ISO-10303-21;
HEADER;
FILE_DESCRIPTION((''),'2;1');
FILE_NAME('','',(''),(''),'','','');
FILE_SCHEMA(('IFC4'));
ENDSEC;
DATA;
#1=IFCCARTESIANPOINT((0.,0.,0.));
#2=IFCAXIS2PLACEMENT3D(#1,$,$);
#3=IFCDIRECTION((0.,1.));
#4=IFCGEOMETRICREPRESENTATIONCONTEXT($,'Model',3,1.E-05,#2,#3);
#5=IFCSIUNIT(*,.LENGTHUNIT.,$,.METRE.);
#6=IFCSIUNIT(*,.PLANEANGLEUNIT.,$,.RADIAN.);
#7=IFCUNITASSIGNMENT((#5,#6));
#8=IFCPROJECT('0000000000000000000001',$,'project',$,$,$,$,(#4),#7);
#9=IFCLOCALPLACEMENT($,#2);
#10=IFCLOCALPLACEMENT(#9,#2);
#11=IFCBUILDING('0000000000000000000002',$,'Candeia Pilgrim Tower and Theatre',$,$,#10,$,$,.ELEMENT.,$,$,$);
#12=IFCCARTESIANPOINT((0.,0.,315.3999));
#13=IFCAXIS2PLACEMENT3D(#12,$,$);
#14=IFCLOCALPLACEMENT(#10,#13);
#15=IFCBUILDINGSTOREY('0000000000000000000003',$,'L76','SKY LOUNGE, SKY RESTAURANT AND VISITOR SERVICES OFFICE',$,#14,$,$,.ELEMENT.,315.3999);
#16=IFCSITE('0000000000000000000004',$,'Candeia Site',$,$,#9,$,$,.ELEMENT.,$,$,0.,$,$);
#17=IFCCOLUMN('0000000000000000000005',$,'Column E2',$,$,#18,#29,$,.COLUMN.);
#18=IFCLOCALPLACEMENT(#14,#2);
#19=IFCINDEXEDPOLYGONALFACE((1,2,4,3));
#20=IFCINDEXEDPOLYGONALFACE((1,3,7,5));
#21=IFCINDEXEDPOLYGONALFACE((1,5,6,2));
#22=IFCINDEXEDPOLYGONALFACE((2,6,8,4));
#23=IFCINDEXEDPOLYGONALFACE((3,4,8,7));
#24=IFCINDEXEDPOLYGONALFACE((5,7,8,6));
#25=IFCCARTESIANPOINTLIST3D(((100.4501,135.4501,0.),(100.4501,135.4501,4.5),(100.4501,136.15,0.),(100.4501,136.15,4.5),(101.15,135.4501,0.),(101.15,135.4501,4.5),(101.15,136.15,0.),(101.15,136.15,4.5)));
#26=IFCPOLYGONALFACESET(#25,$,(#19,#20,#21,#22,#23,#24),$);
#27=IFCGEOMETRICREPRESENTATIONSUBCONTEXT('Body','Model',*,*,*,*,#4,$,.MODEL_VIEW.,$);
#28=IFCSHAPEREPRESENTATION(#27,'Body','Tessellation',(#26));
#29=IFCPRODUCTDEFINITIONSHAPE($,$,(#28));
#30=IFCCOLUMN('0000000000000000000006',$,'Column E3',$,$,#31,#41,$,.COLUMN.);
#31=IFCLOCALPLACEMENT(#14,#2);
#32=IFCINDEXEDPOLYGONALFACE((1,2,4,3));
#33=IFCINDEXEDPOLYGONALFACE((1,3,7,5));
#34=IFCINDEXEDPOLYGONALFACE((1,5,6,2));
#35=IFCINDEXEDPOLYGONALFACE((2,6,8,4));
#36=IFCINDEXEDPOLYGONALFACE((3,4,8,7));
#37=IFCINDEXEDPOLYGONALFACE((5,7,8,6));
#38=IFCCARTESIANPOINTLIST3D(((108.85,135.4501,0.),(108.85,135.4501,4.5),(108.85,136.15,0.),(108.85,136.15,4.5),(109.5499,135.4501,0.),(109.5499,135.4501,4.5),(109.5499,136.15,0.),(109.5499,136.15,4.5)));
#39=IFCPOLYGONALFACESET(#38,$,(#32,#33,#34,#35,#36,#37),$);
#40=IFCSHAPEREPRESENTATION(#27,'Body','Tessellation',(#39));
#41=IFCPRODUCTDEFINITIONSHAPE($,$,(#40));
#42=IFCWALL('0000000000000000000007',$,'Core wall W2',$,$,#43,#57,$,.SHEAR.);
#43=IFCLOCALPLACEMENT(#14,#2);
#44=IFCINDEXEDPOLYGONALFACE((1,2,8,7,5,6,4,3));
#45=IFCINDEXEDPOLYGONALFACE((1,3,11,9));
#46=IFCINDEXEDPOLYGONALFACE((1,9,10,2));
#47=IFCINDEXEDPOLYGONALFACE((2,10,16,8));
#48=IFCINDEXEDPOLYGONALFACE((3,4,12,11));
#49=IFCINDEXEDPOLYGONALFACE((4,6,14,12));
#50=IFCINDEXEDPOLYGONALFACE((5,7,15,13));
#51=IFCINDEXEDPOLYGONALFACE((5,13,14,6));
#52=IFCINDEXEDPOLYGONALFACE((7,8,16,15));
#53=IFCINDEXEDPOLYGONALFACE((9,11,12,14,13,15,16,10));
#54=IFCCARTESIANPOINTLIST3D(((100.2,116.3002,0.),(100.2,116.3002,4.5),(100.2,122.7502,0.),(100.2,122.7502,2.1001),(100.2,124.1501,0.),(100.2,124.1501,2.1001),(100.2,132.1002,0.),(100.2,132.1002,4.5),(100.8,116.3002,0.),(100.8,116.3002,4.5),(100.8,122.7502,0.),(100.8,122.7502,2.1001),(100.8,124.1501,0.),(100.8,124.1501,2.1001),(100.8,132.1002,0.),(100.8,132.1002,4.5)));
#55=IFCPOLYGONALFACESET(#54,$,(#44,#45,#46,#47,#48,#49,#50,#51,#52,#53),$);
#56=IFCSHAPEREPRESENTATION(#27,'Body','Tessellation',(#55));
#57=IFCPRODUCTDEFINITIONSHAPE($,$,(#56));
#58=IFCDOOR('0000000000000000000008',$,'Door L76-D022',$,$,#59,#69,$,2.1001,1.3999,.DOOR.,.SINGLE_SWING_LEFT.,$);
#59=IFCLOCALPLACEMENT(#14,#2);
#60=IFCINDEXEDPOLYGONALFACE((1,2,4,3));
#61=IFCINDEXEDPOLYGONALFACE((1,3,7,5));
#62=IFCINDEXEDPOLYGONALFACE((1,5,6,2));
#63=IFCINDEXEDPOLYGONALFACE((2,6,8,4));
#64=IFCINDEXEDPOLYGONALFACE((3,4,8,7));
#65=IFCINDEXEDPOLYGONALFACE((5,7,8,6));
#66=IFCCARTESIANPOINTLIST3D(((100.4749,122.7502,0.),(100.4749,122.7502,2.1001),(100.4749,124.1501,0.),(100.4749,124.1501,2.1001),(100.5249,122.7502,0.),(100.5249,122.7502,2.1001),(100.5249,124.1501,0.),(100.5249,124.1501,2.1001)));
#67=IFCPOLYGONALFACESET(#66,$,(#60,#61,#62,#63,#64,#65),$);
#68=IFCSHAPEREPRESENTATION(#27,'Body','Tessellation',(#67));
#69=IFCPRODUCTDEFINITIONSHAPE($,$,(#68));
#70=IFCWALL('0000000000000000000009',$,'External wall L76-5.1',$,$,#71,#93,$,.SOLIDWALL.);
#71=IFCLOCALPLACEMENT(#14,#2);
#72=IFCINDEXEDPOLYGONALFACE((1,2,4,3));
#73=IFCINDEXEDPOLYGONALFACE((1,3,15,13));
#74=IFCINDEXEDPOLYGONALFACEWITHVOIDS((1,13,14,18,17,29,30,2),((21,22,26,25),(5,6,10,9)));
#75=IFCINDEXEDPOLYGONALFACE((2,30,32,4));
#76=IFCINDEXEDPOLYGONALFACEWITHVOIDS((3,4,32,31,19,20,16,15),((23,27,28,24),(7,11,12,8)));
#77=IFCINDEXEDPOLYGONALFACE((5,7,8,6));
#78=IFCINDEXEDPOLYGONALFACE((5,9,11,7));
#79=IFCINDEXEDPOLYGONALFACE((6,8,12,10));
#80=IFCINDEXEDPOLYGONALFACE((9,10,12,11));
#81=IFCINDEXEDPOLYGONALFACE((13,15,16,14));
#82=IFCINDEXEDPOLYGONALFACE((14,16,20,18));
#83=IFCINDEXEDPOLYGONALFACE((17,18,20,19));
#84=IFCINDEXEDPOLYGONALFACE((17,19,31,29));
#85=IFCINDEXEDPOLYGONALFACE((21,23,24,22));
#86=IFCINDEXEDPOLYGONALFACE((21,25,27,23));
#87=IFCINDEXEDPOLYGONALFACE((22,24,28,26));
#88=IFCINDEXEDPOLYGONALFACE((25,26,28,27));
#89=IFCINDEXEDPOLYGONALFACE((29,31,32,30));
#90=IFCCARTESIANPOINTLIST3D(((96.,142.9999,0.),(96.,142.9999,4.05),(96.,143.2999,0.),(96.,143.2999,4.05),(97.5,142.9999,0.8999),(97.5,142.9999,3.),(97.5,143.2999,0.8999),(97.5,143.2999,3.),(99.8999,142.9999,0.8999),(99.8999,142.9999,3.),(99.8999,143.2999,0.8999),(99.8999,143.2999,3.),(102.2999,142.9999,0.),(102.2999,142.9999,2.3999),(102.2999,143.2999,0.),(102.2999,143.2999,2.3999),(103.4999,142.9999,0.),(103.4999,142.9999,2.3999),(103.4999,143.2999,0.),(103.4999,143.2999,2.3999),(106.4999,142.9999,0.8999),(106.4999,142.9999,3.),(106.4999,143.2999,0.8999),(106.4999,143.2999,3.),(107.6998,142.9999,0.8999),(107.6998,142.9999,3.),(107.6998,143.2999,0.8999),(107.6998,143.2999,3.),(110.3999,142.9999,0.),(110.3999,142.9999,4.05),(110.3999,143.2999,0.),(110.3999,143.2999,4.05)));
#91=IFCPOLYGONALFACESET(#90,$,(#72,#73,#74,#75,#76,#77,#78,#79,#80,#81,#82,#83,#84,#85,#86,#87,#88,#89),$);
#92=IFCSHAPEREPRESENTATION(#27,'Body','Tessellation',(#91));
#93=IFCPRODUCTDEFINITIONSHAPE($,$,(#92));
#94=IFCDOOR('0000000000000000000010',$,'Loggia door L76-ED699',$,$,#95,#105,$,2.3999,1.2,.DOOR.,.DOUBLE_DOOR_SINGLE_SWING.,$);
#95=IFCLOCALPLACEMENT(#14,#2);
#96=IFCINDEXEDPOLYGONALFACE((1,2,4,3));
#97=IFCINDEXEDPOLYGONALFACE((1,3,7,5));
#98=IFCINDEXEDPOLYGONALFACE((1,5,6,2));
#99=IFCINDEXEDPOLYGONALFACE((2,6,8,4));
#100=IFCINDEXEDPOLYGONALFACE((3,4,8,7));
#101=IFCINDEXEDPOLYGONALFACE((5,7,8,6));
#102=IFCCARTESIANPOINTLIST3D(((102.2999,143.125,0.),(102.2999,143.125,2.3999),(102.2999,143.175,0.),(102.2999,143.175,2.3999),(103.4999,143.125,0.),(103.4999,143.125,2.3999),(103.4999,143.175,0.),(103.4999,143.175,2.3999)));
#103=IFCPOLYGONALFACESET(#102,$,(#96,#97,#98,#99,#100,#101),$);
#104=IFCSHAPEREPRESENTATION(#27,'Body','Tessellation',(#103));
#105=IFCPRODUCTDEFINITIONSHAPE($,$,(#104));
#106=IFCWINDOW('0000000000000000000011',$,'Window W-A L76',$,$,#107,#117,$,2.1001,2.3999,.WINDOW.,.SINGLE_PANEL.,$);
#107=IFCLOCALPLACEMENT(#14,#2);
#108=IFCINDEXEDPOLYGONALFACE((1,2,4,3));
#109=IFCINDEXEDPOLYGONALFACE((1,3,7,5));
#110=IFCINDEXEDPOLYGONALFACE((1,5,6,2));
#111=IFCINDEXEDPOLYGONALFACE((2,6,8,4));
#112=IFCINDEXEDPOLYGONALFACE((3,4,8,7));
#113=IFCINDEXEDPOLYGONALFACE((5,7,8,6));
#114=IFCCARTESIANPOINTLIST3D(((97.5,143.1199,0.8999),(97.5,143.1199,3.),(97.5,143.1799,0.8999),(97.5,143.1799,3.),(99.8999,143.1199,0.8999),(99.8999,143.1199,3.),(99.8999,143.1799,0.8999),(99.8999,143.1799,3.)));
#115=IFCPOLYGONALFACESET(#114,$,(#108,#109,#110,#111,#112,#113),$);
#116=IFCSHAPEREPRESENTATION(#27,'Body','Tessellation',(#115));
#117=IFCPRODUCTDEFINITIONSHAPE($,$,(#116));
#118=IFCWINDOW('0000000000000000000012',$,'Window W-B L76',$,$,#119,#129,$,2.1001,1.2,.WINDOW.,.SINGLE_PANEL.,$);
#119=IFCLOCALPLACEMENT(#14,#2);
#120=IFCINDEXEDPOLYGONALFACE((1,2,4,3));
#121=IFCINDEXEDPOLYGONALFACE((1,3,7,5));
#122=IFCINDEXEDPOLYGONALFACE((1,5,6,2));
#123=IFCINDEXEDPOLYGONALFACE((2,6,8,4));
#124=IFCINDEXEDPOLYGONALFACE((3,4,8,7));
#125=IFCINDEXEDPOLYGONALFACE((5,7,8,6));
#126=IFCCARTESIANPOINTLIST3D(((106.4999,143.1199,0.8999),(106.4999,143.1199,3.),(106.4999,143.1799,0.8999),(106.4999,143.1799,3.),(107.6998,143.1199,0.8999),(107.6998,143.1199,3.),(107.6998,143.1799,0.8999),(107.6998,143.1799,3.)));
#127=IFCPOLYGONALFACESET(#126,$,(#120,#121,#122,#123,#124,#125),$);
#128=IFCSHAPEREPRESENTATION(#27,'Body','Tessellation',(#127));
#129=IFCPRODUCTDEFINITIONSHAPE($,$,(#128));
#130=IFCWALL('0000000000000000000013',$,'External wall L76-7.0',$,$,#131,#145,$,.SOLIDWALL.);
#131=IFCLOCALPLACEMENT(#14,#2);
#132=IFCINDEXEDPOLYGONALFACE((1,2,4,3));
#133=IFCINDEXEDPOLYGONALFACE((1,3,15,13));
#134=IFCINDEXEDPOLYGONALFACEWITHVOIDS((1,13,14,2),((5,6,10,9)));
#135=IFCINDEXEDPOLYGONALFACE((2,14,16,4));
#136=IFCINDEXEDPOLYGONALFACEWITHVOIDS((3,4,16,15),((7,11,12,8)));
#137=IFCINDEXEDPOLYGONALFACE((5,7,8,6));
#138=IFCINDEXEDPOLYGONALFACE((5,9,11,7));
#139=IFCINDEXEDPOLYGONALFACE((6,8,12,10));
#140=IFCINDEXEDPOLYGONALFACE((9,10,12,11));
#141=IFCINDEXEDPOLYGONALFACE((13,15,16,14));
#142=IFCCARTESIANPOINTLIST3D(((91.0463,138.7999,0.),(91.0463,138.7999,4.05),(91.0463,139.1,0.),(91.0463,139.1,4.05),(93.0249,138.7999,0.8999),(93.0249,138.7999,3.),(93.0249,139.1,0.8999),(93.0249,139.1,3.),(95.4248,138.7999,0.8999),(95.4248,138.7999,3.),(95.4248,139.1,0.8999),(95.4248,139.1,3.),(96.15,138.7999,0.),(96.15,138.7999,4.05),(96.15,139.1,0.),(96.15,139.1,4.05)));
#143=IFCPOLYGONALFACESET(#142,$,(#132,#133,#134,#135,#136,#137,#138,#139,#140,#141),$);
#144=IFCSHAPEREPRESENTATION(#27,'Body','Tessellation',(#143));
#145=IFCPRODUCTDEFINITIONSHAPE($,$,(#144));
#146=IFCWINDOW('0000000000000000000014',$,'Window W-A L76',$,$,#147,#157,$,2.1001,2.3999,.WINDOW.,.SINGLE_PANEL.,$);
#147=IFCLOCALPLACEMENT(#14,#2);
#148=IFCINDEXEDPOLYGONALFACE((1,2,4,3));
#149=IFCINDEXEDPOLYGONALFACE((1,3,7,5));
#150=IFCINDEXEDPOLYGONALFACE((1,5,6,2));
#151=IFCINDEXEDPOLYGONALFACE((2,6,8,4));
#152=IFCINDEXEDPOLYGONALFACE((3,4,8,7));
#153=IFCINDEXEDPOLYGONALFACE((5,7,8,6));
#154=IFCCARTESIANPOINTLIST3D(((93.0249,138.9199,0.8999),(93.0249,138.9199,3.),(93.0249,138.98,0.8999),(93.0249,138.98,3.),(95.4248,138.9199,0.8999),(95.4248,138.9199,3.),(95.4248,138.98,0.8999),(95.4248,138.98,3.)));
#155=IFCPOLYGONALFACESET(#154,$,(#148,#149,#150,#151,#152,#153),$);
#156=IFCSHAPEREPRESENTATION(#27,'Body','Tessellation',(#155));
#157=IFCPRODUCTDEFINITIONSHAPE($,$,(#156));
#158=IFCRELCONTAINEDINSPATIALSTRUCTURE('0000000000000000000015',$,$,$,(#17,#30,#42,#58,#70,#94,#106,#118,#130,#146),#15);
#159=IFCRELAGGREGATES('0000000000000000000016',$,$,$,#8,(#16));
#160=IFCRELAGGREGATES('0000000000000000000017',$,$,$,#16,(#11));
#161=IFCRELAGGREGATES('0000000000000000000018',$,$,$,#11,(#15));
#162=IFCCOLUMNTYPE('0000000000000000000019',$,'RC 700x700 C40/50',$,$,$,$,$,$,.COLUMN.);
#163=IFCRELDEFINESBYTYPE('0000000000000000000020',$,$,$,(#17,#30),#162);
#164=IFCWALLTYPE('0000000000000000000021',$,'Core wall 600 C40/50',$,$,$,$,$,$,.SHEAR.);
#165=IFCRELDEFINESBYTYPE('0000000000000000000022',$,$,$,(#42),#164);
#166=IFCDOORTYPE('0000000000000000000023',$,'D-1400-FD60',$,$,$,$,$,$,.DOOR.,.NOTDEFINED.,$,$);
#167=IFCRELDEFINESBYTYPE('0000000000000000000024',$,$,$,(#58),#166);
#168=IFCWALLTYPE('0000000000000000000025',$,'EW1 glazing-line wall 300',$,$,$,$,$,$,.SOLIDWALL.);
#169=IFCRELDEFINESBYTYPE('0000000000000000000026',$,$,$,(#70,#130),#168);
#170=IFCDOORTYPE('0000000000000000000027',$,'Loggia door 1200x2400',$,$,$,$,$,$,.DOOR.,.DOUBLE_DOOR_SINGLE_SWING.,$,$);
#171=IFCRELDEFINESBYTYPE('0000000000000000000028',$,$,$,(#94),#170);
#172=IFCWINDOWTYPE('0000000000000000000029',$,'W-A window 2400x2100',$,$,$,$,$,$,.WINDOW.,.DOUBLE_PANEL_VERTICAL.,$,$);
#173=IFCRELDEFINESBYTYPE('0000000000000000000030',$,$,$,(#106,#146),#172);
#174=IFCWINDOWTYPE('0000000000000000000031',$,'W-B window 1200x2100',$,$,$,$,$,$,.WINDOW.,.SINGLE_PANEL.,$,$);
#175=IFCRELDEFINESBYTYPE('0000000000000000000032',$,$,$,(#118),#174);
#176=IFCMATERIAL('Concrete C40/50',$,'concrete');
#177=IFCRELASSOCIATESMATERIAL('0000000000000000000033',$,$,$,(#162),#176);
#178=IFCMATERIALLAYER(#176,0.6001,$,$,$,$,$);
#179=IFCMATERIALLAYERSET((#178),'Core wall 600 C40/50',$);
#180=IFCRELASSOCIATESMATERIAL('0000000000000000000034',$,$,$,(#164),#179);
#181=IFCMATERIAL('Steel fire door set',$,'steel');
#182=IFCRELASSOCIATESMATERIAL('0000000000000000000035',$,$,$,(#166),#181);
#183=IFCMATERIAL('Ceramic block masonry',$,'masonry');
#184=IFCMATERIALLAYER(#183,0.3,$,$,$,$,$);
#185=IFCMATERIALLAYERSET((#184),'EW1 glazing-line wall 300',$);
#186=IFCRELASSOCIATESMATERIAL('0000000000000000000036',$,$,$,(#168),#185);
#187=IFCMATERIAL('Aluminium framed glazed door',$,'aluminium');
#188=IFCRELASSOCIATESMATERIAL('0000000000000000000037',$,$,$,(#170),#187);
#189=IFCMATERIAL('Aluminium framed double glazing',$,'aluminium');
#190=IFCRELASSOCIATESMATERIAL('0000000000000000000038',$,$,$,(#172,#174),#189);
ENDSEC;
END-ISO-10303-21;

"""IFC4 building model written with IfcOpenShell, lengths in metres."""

from ifc_helpers import new_model, si_unit, direction, frame, frame_2d, origin, origin_2d, place, context, subcontext, project, spatial, rectangle, extrude, material, layer, layer_set, material_profile, profile_set, type_object, element, fill, save


model = new_model("IFC4")

# Units and contexts
model_context = context("Model", 3, precision=1e-05, world=origin(), true_north=direction((0.0, 1.0)))
body_context = subcontext(model_context, "Body", "Model", "MODEL_VIEW")
ifc_project = project(units=[si_unit("LENGTHUNIT", "METRE"), si_unit("PLANEANGLEUNIT", "RADIAN")], contexts=[model_context])

# Site, building, storey
site_placement = place(None, origin())
site = spatial("IfcSite", under=ifc_project, at=site_placement, Name="Candeia Site", CompositionType="ELEMENT", RefElevation=0.0)
building_placement = place(site_placement, origin())
building = spatial("IfcBuilding", under=site, at=building_placement, Name="Candeia Pilgrim Tower and Theatre", CompositionType="ELEMENT")
storey_placement = place(building_placement, frame((0.0, 0.0, 315.3999)))
storey = spatial("IfcBuildingStorey", under=building, at=storey_placement, Name="L76", Description="SKY LOUNGE, SKY RESTAURANT AND VISITOR SERVICES OFFICE", CompositionType="ELEMENT", Elevation=315.3999)

# Columns
ifc_material_1 = material(Name="Concrete C40/50", Category="concrete")
ifc_material_profile = material_profile(ifc_material_1, rectangle(XDim=0.7, YDim=0.7, at=origin_2d()))
ifc_profile_set = profile_set([ifc_material_profile], Name="Concrete C40/50")
column_type = type_object("IfcColumnType", Name="RC 700x700 C40/50", PredefinedType="COLUMN", material=ifc_profile_set)
for number, where, z_axis, x_axis, name in (
    (1, (100.8, 135.8, 0.0), (0.0, 0.0, 1.0), (1.0, 0.0, 0.0), "Column E2"),
    (2, (109.2, 135.8, 0.0), (0.0, 0.0, 1.0), (1.0, 0.0, 0.0), "Column E3"),
):
    element("IfcColumn", number, at=place(storey_placement, frame(where, z_axis=z_axis, x_axis=x_axis)), inside=storey, type_object=column_type, Name=name, PredefinedType="COLUMN", context=body_context, shape_type="SweptSolid", body=[
        extrude(rectangle(XDim=0.7, YDim=0.7, at=origin_2d()), origin(), (0.0, 0.0, 1.0), 4.5),
    ])

# Wall, opening, door
ifc_layer_1 = layer(ifc_material_1, 0.6001)
ifc_layer_set_1 = layer_set([ifc_layer_1], Name="Core wall 600 C40/50")
wall_type_1 = type_object("IfcWallType", Name="Core wall 600 C40/50", PredefinedType="SHEAR", material=ifc_layer_set_1)
wall_1_placement = place(storey_placement, frame((100.5, 132.1001, 0.0), z_axis=(0.0, 0.0, 1.0), x_axis=(0.0, -1.0, 0.0)))
wall_1 = element("IfcWall", 3, at=wall_1_placement, inside=storey, type_object=wall_type_1, Name="Core wall W2", PredefinedType="SHEAR", context=body_context, shape_type="SweptSolid", body=[
    extrude(rectangle(XDim=15.8, YDim=0.6001, at=frame_2d((7.8999, 0.0))), origin(), (0.0, 0.0, 1.0), 4.5),
])
opening_1_placement = place(wall_1_placement, frame((7.95, 0.0, 0.0)))
opening_1 = element("IfcOpeningElement", 4, at=opening_1_placement, cuts=wall_1, PredefinedType="OPENING", context=body_context, shape_type="SweptSolid", body=[
    extrude(rectangle(XDim=1.3999, YDim=2.1001, at=frame_2d((0.7, 1.05))), frame((0.0, 0.3101, 0.0), z_axis=(0.0, -1.0, 0.0), x_axis=(1.0, 0.0, 0.0)), (0.0, 0.0, 1.0), 0.6201),
])
ifc_material_2 = material(Name="Steel fire door set", Category="steel")
door_type_1 = type_object("IfcDoorType", Name="D-1400-FD60", OperationType="NOTDEFINED", PredefinedType="DOOR", material=ifc_material_2)
door_1_placement = place(opening_1_placement, origin())
door_1 = element("IfcDoor", 5, at=door_1_placement, inside=storey, type_object=door_type_1, Name="Door L76-D022", OperationType="SINGLE_SWING_LEFT", OverallHeight=2.1001, OverallWidth=1.3999, PredefinedType="DOOR", context=body_context, shape_type="SweptSolid", body=[
    extrude(rectangle(XDim=1.3999, YDim=2.1001, at=frame_2d((0.7, 1.05))), frame((0.0, 0.0249, 0.0), z_axis=(0.0, -1.0, 0.0), x_axis=(1.0, 0.0, 0.0)), (0.0, 0.0, 1.0), 0.05),
])
fill(opening_1, door_1)

# Wall, openings, door, windows
ifc_material_3 = material(Name="Ceramic block masonry", Category="masonry")
ifc_layer_2 = layer(ifc_material_3, 0.3)
ifc_layer_set_2 = layer_set([ifc_layer_2], Name="EW1 glazing-line wall 300")
wall_type_2 = type_object("IfcWallType", Name="EW1 glazing-line wall 300", PredefinedType="SOLIDWALL", material=ifc_layer_set_2)
wall_2_placement = place(storey_placement, frame((110.3999, 143.1499, 0.0), z_axis=(0.0, 0.0, 1.0), x_axis=(-1.0, 0.0, 0.0)))
wall_2 = element("IfcWall", 6, at=wall_2_placement, inside=storey, type_object=wall_type_2, Name="External wall L76-5.1", PredefinedType="SOLIDWALL", context=body_context, shape_type="SweptSolid", body=[
    extrude(rectangle(XDim=14.3999, YDim=0.3, at=frame_2d((7.2, 0.0))), origin(), (0.0, 0.0, 1.0), 4.05),
])
opening_2_placement = place(wall_2_placement, frame((2.7, 0.0, 0.8999)))
opening_2 = element("IfcOpeningElement", 7, at=opening_2_placement, cuts=wall_2, PredefinedType="OPENING", context=body_context, shape_type="SweptSolid", body=[
    extrude(rectangle(XDim=1.2, YDim=2.1001, at=frame_2d((0.6001, 1.05))), frame((0.0, 0.1602, 0.0), z_axis=(0.0, -1.0, 0.0), x_axis=(1.0, 0.0, 0.0)), (0.0, 0.0, 1.0), 0.3201),
])
opening_3_placement = place(wall_2_placement, frame((6.8999, 0.0, 0.0)))
opening_3 = element("IfcOpeningElement", 8, at=opening_3_placement, cuts=wall_2, PredefinedType="OPENING", context=body_context, shape_type="SweptSolid", body=[
    extrude(rectangle(XDim=1.2, YDim=2.3999, at=frame_2d((0.6001, 1.2))), frame((0.0, 0.1602, 0.0), z_axis=(0.0, -1.0, 0.0), x_axis=(1.0, 0.0, 0.0)), (0.0, 0.0, 1.0), 0.3201),
])
opening_4_placement = place(wall_2_placement, frame((10.5, 0.0, 0.8999)))
opening_4 = element("IfcOpeningElement", 9, at=opening_4_placement, cuts=wall_2, PredefinedType="OPENING", context=body_context, shape_type="SweptSolid", body=[
    extrude(rectangle(XDim=2.3999, YDim=2.1001, at=frame_2d((1.2, 1.05))), frame((0.0, 0.1602, 0.0), z_axis=(0.0, -1.0, 0.0), x_axis=(1.0, 0.0, 0.0)), (0.0, 0.0, 1.0), 0.3201),
])
ifc_material_4 = material(Name="Aluminium framed glazed door", Category="aluminium")
door_type_2 = type_object("IfcDoorType", Name="Loggia door 1200x2400", OperationType="DOUBLE_DOOR_SINGLE_SWING", PredefinedType="DOOR", material=ifc_material_4)
door_2_placement = place(opening_3_placement, origin())
door_2 = element("IfcDoor", 10, at=door_2_placement, inside=storey, type_object=door_type_2, Name="Loggia door L76-ED699", OperationType="DOUBLE_DOOR_SINGLE_SWING", OverallHeight=2.3999, OverallWidth=1.2, PredefinedType="DOOR", context=body_context, shape_type="SweptSolid", body=[
    extrude(rectangle(XDim=1.2, YDim=2.3999, at=frame_2d((0.6001, 1.2))), frame((0.0, 0.0249, 0.0), z_axis=(0.0, -1.0, 0.0), x_axis=(1.0, 0.0, 0.0)), (0.0, 0.0, 1.0), 0.05),
])
fill(opening_3, door_2)
ifc_material_5 = material(Name="Aluminium framed double glazing", Category="aluminium")
window_type_1 = type_object("IfcWindowType", Name="W-A window 2400x2100", PartitioningType="DOUBLE_PANEL_VERTICAL", PredefinedType="WINDOW", material=ifc_material_5)
window_1_placement = place(opening_4_placement, origin())
window_1 = element("IfcWindow", 11, at=window_1_placement, inside=storey, type_object=window_type_1, Name="Window W-A L76", OverallHeight=2.1001, OverallWidth=2.3999, PartitioningType="SINGLE_PANEL", PredefinedType="WINDOW", context=body_context, shape_type="SweptSolid", body=[
    extrude(rectangle(XDim=2.3999, YDim=2.1001, at=frame_2d((1.2, 1.05))), frame((0.0, 0.03, 0.0), z_axis=(0.0, -1.0, 0.0), x_axis=(1.0, 0.0, 0.0)), (0.0, 0.0, 1.0), 0.0601),
])
fill(opening_4, window_1)
window_type_2 = type_object("IfcWindowType", Name="W-B window 1200x2100", PartitioningType="SINGLE_PANEL", PredefinedType="WINDOW", material=ifc_material_5)
window_2_placement = place(opening_2_placement, origin())
window_2 = element("IfcWindow", 12, at=window_2_placement, inside=storey, type_object=window_type_2, Name="Window W-B L76", OverallHeight=2.1001, OverallWidth=1.2, PartitioningType="SINGLE_PANEL", PredefinedType="WINDOW", context=body_context, shape_type="SweptSolid", body=[
    extrude(rectangle(XDim=1.2, YDim=2.1001, at=frame_2d((0.6001, 1.05))), frame((0.0, 0.03, 0.0), z_axis=(0.0, -1.0, 0.0), x_axis=(1.0, 0.0, 0.0)), (0.0, 0.0, 1.0), 0.0601),
])
fill(opening_2, window_2)

# Wall, opening, window
wall_3_placement = place(storey_placement, frame((96.1499, 138.95, 0.0), z_axis=(0.0, 0.0, 1.0), x_axis=(-1.0, 0.0, 0.0)))
wall_3 = element("IfcWall", 13, at=wall_3_placement, inside=storey, type_object=wall_type_2, Name="External wall L76-7.0", PredefinedType="SOLIDWALL", context=body_context, shape_type="SweptSolid", body=[
    extrude(rectangle(XDim=5.1038, YDim=0.3, at=frame_2d((2.5518, 0.0))), origin(), (0.0, 0.0, 1.0), 4.05),
])
opening_5_placement = place(wall_3_placement, frame((0.7251, 0.0, 0.8999)))
opening_5 = element("IfcOpeningElement", 14, at=opening_5_placement, cuts=wall_3, PredefinedType="OPENING", context=body_context, shape_type="SweptSolid", body=[
    extrude(rectangle(XDim=2.3999, YDim=2.1001, at=frame_2d((1.2, 1.05))), frame((0.0, 0.1602, 0.0), z_axis=(0.0, -1.0, 0.0), x_axis=(1.0, 0.0, 0.0)), (0.0, 0.0, 1.0), 0.3201),
])
window_3_placement = place(opening_5_placement, origin())
window_3 = element("IfcWindow", 15, at=window_3_placement, inside=storey, type_object=window_type_1, Name="Window W-A L76", OverallHeight=2.1001, OverallWidth=2.3999, PartitioningType="SINGLE_PANEL", PredefinedType="WINDOW", context=body_context, shape_type="SweptSolid", body=[
    extrude(rectangle(XDim=2.3999, YDim=2.1001, at=frame_2d((1.2, 1.05))), frame((0.0, 0.03, 0.0), z_axis=(0.0, -1.0, 0.0), x_axis=(1.0, 0.0, 0.0)), (0.0, 0.0, 1.0), 0.0601),
])
fill(opening_5, window_3)

save(model, "model.ifc")
